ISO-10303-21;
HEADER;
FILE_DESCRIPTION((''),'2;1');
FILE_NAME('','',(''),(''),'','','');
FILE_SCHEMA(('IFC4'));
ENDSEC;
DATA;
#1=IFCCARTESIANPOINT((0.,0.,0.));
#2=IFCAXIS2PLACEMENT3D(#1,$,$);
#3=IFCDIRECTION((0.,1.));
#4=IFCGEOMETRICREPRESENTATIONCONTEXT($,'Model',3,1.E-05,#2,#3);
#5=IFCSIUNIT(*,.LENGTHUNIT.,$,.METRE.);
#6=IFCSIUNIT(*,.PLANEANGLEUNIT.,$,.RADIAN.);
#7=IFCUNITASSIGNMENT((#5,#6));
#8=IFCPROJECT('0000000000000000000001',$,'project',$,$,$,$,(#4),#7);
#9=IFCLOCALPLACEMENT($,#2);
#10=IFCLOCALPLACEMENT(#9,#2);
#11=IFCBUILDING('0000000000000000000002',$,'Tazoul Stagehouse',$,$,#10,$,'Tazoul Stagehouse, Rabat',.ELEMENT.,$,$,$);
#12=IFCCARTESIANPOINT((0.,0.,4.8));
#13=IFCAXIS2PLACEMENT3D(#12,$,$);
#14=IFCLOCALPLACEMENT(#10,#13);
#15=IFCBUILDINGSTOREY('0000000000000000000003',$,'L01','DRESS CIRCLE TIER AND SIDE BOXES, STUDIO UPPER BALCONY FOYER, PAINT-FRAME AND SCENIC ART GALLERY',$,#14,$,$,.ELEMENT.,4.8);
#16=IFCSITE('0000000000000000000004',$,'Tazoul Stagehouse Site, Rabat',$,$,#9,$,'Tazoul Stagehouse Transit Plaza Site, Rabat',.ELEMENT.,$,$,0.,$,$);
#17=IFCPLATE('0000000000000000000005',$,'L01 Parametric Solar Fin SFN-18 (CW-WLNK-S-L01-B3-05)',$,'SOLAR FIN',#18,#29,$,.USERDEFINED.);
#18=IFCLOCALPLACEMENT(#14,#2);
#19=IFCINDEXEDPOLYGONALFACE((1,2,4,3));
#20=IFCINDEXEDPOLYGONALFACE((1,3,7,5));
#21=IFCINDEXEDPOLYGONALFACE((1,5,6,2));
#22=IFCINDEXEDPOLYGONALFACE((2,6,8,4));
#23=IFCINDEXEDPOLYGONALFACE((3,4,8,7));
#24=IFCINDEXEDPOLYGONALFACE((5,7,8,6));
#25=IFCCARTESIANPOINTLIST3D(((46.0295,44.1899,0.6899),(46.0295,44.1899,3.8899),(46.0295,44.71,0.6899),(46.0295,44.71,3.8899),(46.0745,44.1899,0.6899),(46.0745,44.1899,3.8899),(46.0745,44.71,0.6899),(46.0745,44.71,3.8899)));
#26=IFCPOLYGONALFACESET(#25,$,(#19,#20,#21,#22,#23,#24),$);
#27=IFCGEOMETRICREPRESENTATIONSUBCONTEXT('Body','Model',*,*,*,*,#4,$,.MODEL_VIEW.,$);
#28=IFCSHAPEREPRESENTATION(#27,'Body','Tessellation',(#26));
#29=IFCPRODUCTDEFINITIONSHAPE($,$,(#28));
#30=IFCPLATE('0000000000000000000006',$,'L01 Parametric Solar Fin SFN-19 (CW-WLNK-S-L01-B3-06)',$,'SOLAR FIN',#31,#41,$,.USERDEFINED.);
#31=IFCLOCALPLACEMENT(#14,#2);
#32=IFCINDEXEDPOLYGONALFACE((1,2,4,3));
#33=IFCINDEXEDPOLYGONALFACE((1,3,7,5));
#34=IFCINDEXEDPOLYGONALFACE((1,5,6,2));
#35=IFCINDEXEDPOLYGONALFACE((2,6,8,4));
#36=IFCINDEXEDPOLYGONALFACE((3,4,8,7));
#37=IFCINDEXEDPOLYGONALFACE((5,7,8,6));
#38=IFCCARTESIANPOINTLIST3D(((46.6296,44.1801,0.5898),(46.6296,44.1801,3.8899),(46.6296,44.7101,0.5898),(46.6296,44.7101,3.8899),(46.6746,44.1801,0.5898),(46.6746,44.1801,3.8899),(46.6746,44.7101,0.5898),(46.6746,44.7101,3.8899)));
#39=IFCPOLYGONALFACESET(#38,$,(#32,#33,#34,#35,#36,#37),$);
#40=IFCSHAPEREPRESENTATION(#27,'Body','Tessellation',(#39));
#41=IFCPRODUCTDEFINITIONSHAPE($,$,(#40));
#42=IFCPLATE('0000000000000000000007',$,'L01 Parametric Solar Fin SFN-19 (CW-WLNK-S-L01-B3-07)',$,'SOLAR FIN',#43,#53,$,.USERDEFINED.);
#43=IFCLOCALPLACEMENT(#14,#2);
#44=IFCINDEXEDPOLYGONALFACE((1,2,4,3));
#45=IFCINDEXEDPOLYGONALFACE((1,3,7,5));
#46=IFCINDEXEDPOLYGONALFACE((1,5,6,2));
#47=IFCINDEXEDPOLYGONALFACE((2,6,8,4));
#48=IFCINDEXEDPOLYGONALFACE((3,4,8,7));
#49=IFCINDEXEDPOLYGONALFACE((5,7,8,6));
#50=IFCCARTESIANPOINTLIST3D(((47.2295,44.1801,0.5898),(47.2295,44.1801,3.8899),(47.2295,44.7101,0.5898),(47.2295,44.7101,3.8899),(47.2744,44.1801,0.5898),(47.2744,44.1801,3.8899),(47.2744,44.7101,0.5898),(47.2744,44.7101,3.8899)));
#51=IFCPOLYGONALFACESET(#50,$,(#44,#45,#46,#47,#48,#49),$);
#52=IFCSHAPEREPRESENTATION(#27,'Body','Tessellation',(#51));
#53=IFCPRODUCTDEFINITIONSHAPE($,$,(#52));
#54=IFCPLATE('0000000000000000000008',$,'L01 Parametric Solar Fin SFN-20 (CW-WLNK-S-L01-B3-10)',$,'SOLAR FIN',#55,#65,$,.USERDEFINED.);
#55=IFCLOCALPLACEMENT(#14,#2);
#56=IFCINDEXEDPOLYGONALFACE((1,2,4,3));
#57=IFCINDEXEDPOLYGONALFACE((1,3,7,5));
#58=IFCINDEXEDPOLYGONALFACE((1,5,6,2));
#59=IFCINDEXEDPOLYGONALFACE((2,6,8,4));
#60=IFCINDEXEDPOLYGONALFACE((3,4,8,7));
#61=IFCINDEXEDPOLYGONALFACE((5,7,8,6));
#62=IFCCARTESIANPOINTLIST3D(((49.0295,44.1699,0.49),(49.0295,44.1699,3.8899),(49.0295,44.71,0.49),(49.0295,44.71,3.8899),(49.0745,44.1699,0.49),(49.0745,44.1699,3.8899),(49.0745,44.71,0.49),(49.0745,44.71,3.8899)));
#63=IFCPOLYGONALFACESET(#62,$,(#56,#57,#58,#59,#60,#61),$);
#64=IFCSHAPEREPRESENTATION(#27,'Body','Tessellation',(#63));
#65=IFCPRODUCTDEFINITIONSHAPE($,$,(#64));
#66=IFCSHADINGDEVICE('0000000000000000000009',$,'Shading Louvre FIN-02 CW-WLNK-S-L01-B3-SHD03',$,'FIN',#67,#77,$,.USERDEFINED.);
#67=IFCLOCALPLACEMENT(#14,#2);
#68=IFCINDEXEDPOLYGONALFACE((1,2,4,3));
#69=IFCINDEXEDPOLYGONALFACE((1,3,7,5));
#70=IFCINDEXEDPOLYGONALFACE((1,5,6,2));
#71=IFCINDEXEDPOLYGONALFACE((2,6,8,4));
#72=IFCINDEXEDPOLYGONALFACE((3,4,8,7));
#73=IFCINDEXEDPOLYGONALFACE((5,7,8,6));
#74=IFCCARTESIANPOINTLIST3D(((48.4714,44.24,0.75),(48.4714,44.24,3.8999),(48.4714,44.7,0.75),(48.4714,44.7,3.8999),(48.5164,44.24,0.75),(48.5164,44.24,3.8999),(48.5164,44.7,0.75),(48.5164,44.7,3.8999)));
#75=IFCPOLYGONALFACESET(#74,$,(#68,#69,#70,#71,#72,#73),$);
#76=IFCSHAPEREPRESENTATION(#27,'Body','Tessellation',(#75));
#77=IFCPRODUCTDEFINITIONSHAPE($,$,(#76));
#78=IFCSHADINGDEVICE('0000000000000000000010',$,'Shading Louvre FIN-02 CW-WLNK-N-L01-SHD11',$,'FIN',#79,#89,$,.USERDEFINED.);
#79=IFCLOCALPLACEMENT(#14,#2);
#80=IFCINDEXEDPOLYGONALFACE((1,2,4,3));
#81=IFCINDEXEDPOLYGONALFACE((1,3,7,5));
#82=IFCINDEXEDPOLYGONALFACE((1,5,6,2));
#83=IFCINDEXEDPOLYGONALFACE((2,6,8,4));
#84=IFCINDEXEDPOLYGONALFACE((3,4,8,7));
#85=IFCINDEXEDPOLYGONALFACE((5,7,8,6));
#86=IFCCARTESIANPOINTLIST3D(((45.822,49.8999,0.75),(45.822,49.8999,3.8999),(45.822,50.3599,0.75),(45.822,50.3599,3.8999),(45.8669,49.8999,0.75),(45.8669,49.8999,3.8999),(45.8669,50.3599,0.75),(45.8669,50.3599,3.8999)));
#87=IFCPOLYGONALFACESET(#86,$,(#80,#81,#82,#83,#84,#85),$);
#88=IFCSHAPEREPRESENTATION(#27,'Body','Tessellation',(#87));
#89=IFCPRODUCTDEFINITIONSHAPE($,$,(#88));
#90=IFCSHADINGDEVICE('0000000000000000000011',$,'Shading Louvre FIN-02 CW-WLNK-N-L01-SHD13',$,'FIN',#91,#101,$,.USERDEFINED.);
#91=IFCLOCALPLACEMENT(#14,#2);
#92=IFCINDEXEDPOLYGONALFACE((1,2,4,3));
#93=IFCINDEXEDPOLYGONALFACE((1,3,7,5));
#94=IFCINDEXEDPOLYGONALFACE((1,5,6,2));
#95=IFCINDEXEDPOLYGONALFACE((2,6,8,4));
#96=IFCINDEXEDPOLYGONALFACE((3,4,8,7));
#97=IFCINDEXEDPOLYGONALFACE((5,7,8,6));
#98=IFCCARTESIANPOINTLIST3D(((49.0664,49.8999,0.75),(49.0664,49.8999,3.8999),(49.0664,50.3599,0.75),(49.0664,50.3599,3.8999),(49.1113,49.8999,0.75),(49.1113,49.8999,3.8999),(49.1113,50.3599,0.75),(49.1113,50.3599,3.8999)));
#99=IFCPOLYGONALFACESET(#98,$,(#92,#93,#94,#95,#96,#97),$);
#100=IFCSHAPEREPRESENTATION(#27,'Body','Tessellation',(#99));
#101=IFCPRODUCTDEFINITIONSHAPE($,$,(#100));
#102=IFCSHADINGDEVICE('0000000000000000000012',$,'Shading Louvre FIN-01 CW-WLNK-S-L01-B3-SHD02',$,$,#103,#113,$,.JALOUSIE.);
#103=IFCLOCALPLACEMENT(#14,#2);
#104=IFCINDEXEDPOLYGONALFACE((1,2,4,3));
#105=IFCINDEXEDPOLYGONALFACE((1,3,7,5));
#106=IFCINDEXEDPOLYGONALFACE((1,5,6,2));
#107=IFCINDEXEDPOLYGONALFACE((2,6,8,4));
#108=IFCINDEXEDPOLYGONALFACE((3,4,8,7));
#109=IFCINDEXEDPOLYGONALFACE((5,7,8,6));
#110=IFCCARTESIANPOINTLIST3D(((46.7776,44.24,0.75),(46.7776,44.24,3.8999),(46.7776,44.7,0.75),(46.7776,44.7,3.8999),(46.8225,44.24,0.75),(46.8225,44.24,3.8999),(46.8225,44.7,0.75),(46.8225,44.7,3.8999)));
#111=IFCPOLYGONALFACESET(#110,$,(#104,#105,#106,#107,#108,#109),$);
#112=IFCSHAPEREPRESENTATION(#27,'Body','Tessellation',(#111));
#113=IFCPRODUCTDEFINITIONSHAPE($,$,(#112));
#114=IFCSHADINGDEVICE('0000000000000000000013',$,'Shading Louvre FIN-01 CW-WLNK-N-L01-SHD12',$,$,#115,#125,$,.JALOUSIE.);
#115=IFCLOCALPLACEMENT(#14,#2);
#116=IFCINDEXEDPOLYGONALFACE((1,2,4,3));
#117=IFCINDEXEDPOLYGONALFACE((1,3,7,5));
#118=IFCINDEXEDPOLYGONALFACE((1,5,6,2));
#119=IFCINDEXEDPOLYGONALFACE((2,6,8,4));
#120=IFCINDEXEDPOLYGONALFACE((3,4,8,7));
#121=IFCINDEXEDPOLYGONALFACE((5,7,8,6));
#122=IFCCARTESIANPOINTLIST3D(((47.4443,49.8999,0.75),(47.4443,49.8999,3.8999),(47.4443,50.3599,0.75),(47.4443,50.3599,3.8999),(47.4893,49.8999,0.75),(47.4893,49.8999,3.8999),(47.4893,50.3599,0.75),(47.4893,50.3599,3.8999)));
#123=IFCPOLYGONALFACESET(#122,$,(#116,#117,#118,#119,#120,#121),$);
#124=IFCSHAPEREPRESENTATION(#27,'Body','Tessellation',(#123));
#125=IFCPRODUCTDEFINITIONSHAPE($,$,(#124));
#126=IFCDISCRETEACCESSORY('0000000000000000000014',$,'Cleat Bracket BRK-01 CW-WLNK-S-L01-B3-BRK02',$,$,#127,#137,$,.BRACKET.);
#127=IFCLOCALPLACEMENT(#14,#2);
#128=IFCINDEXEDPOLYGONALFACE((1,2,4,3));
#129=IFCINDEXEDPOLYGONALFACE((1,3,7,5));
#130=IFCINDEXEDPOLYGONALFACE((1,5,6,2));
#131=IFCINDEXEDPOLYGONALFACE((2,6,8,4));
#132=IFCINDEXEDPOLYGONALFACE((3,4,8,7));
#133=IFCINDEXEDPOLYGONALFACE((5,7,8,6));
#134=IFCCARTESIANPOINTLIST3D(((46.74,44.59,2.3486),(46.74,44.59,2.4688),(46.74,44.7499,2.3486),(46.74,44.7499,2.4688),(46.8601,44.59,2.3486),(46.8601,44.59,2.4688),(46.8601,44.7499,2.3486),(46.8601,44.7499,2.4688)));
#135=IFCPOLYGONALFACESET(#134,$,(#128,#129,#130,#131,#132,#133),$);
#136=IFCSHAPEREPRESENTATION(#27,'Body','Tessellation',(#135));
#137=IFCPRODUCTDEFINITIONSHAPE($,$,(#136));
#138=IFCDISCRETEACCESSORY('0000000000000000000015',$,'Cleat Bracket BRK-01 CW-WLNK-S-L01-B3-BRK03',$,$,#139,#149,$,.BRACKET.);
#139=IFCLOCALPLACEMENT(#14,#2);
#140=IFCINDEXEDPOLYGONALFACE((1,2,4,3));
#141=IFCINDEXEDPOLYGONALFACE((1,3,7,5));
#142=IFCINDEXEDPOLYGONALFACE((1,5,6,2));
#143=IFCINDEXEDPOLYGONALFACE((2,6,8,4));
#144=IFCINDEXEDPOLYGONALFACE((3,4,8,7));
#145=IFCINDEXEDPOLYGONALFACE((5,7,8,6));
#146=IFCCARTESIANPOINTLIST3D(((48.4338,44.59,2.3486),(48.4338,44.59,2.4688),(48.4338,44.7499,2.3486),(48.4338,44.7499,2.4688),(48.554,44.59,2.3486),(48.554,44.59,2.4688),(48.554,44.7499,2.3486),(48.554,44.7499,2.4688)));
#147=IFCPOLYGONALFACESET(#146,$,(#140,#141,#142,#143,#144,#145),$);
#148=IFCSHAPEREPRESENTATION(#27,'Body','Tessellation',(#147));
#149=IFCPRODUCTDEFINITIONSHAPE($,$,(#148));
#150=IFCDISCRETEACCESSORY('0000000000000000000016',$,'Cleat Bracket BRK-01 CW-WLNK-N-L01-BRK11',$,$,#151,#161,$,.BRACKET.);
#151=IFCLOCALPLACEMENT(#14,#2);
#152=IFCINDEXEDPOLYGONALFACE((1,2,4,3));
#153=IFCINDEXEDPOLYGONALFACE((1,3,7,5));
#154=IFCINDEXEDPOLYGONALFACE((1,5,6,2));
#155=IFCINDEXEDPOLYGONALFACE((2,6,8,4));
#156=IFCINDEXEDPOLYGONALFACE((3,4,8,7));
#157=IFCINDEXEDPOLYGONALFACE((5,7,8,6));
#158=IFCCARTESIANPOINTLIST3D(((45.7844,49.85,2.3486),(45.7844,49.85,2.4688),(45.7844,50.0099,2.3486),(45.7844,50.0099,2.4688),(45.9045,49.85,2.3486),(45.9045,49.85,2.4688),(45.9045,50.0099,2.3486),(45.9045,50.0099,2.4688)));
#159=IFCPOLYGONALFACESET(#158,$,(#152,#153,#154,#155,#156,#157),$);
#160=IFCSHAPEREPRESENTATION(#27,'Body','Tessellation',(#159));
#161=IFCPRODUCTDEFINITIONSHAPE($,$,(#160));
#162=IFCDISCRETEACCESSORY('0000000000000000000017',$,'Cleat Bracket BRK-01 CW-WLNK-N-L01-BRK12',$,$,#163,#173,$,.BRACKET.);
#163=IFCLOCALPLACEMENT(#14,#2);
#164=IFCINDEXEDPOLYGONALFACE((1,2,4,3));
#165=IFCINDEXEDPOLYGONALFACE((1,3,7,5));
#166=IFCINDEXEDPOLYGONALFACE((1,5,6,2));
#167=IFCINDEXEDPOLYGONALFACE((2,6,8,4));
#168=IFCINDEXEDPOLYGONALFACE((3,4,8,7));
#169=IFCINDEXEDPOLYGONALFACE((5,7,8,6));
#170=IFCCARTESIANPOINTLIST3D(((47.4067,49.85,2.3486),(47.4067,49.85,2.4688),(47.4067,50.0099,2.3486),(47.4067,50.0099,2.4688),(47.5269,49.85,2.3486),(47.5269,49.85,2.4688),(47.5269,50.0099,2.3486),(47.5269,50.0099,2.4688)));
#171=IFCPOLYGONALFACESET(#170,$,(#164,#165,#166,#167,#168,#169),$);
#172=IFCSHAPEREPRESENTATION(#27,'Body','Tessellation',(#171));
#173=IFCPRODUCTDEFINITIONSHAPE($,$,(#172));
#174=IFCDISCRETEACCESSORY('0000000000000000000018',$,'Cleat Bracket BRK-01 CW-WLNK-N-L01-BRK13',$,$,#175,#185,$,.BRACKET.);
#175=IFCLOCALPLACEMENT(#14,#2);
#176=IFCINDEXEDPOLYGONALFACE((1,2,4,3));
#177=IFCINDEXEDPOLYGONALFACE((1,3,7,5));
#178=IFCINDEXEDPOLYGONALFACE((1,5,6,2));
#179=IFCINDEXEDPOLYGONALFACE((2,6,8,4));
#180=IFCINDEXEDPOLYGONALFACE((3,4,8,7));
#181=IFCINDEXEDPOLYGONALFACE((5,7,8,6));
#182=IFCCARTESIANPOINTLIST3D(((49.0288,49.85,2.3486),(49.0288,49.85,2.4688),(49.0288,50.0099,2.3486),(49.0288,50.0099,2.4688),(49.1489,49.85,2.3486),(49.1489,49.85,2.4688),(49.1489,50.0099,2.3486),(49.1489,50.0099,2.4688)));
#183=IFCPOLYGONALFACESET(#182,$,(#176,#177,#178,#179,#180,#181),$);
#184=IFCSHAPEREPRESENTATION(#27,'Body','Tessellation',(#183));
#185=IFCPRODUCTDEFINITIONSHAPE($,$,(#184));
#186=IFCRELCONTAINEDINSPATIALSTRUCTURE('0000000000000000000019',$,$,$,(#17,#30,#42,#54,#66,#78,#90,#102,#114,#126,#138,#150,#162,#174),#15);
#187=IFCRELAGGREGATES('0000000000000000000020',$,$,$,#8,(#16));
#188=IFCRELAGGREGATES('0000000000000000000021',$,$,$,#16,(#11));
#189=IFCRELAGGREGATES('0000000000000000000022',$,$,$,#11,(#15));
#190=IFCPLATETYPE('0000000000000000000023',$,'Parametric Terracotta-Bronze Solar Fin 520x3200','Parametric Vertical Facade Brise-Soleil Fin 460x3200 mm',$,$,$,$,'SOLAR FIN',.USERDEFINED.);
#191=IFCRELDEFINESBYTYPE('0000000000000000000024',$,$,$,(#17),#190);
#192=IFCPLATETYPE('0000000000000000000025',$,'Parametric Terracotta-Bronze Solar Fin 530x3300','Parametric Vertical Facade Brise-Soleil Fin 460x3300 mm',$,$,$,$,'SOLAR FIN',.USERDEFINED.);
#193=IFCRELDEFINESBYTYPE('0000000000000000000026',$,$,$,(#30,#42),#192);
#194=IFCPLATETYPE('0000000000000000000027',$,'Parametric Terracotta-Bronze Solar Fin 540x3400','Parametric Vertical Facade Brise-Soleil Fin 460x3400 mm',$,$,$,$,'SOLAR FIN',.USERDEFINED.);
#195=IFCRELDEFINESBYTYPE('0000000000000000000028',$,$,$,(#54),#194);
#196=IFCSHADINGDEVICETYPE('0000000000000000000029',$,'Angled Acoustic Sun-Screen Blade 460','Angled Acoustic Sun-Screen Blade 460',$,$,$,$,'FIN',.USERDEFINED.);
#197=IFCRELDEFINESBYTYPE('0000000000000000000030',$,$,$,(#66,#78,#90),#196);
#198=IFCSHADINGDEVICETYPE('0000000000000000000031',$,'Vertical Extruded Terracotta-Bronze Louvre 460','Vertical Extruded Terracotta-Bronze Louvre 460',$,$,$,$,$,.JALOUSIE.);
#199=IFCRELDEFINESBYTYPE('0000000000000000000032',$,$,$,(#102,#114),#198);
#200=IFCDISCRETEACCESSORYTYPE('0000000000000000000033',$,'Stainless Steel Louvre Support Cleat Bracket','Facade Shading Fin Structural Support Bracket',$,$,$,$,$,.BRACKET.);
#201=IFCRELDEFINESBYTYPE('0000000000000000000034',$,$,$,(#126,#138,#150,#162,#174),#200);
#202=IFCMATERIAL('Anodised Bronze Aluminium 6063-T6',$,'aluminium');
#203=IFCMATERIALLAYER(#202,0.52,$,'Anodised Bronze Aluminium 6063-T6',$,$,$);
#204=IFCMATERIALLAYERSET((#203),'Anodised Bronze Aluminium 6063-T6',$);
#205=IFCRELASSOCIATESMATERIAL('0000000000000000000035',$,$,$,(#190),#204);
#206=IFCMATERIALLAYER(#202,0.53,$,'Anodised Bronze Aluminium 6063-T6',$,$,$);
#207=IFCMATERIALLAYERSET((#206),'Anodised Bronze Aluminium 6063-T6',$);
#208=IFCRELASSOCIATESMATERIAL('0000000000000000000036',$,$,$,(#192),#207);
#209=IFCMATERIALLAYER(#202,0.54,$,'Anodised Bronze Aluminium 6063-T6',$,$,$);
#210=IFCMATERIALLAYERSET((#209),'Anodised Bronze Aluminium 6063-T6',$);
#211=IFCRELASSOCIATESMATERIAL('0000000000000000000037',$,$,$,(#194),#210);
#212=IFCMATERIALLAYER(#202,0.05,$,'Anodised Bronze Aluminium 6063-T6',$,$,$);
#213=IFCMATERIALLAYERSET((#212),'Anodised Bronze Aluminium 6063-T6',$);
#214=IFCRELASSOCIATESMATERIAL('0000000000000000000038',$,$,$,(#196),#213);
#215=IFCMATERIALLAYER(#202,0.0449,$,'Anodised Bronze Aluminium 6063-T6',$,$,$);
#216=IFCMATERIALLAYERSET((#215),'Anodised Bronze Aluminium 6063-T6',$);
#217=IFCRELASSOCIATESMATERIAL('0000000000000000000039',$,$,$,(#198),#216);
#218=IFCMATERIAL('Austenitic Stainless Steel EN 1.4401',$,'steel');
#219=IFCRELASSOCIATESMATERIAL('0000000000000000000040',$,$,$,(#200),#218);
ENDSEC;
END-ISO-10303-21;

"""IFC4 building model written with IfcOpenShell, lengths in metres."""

from ifc_helpers import new_model, si_unit, direction, frame, origin, origin_2d, place, context, subcontext, project, spatial, rectangle, extrude, material, layer, layer_set, type_object, element, save


model = new_model("IFC4")

# Units and contexts
model_context = context("Model", 3, precision=1e-05, world=origin(), true_north=direction((0.0, 1.0)))
body_context = subcontext(model_context, "Body", "Model", "MODEL_VIEW")
ifc_project = project(units=[si_unit("LENGTHUNIT", "METRE"), si_unit("PLANEANGLEUNIT", "RADIAN")], contexts=[model_context])

# Site, building, storey
site_placement = place(None, origin())
site = spatial("IfcSite", under=ifc_project, at=site_placement, Name="Tazoul Stagehouse Site, Rabat", LongName="Tazoul Stagehouse Transit Plaza Site, Rabat", CompositionType="ELEMENT", RefElevation=0.0)
building_placement = place(site_placement, origin())
building = spatial("IfcBuilding", under=site, at=building_placement, Name="Tazoul Stagehouse", LongName="Tazoul Stagehouse, Rabat", CompositionType="ELEMENT")
storey_placement = place(building_placement, frame((0.0, 0.0, 4.8)))
storey = spatial("IfcBuildingStorey", under=building, at=storey_placement, Name="L01", Description="DRESS CIRCLE TIER AND SIDE BOXES, STUDIO UPPER BALCONY FOYER, PAINT-FRAME AND SCENIC ART GALLERY", CompositionType="ELEMENT", Elevation=4.8)

# Plates
ifc_material_1 = material(Name="Anodised Bronze Aluminium 6063-T6", Category="aluminium")
ifc_layer_1 = layer(ifc_material_1, 0.52, Name="Anodised Bronze Aluminium 6063-T6")
ifc_layer_set_1 = layer_set([ifc_layer_1], Name="Anodised Bronze Aluminium 6063-T6")
plate_type_1 = type_object("IfcPlateType", Name="Parametric Terracotta-Bronze Solar Fin 520x3200", Description="Parametric Vertical Facade Brise-Soleil Fin 460x3200 mm", ElementType="SOLAR FIN", PredefinedType="USERDEFINED", material=ifc_layer_set_1)
plate_1_placement = place(storey_placement, frame((46.052, 44.45, 0.6899), z_axis=(0.0, 0.0, 1.0), x_axis=(1.0, 0.0, 0.0)))
element("IfcPlate", 1, at=plate_1_placement, inside=storey, type_object=plate_type_1, Name="L01 Parametric Solar Fin SFN-18 (CW-WLNK-S-L01-B3-05)", ObjectType="SOLAR FIN", PredefinedType="USERDEFINED", context=body_context, shape_type="SweptSolid", body=[
    extrude(rectangle(XDim=0.0449, YDim=0.52, at=origin_2d()), origin(), (0.0, 0.0, 1.0), 3.2),
])
ifc_layer_2 = layer(ifc_material_1, 0.53, Name="Anodised Bronze Aluminium 6063-T6")
ifc_layer_set_2 = layer_set([ifc_layer_2], Name="Anodised Bronze Aluminium 6063-T6")
plate_type_2 = type_object("IfcPlateType", Name="Parametric Terracotta-Bronze Solar Fin 530x3300", Description="Parametric Vertical Facade Brise-Soleil Fin 460x3300 mm", ElementType="SOLAR FIN", PredefinedType="USERDEFINED", material=ifc_layer_set_2)
for number, where, z_axis, x_axis, name in (
    (2, (46.6521, 44.4451, 0.5898), (0.0, 0.0, 1.0), (1.0, 0.0, 0.0), "L01 Parametric Solar Fin SFN-19 (CW-WLNK-S-L01-B3-06)"),
    (3, (47.252, 44.4451, 0.5898), (0.0, 0.0, 1.0), (1.0, 0.0, 0.0), "L01 Parametric Solar Fin SFN-19 (CW-WLNK-S-L01-B3-07)"),
):
    element("IfcPlate", number, at=place(storey_placement, frame(where, z_axis=z_axis, x_axis=x_axis)), inside=storey, type_object=plate_type_2, Name=name, ObjectType="SOLAR FIN", PredefinedType="USERDEFINED", context=body_context, shape_type="SweptSolid", body=[
        extrude(rectangle(XDim=0.0449, YDim=0.53, at=origin_2d()), origin(), (0.0, 0.0, 1.0), 3.3),
    ])
ifc_layer_3 = layer(ifc_material_1, 0.54, Name="Anodised Bronze Aluminium 6063-T6")
ifc_layer_set_3 = layer_set([ifc_layer_3], Name="Anodised Bronze Aluminium 6063-T6")
plate_type_3 = type_object("IfcPlateType", Name="Parametric Terracotta-Bronze Solar Fin 540x3400", Description="Parametric Vertical Facade Brise-Soleil Fin 460x3400 mm", ElementType="SOLAR FIN", PredefinedType="USERDEFINED", material=ifc_layer_set_3)
plate_2_placement = place(storey_placement, frame((49.052, 44.4399, 0.49), z_axis=(0.0, 0.0, 1.0), x_axis=(1.0, 0.0, 0.0)))
element("IfcPlate", 4, at=plate_2_placement, inside=storey, type_object=plate_type_3, Name="L01 Parametric Solar Fin SFN-20 (CW-WLNK-S-L01-B3-10)", ObjectType="SOLAR FIN", PredefinedType="USERDEFINED", context=body_context, shape_type="SweptSolid", body=[
    extrude(rectangle(XDim=0.0449, YDim=0.54, at=origin_2d()), origin(), (0.0, 0.0, 1.0), 3.3999),
])

# Shading devices
ifc_layer_4 = layer(ifc_material_1, 0.05, Name="Anodised Bronze Aluminium 6063-T6")
ifc_layer_set_4 = layer_set([ifc_layer_4], Name="Anodised Bronze Aluminium 6063-T6")
shading_device_type_1 = type_object("IfcShadingDeviceType", Name="Angled Acoustic Sun-Screen Blade 460", Description="Angled Acoustic Sun-Screen Blade 460", ElementType="FIN", PredefinedType="USERDEFINED", material=ifc_layer_set_4)
for number, where, z_axis, x_axis, name in (
    (5, (48.4939, 44.47, 0.75), (0.0, 0.0, 1.0), (1.0, 0.0, 0.0), "Shading Louvre FIN-02 CW-WLNK-S-L01-B3-SHD03"),
    (6, (45.8445, 50.1299, 0.75), (0.0, 0.0, 1.0), (1.0, 0.0, 0.0), "Shading Louvre FIN-02 CW-WLNK-N-L01-SHD11"),
    (7, (49.0889, 50.1299, 0.75), (0.0, 0.0, 1.0), (1.0, 0.0, 0.0), "Shading Louvre FIN-02 CW-WLNK-N-L01-SHD13"),
):
    element("IfcShadingDevice", number, at=place(storey_placement, frame(where, z_axis=z_axis, x_axis=x_axis)), inside=storey, type_object=shading_device_type_1, Name=name, ObjectType="FIN", PredefinedType="USERDEFINED", context=body_context, shape_type="SweptSolid", body=[
        extrude(rectangle(XDim=0.0449, YDim=0.46, at=origin_2d()), origin(), (0.0, 0.0, 1.0), 3.1499),
    ])
ifc_layer_5 = layer(ifc_material_1, 0.0449, Name="Anodised Bronze Aluminium 6063-T6")
ifc_layer_set_5 = layer_set([ifc_layer_5], Name="Anodised Bronze Aluminium 6063-T6")
shading_device_type_2 = type_object("IfcShadingDeviceType", Name="Vertical Extruded Terracotta-Bronze Louvre 460", Description="Vertical Extruded Terracotta-Bronze Louvre 460", PredefinedType="JALOUSIE", material=ifc_layer_set_5)
for number, where, z_axis, x_axis, name in (
    (8, (46.8, 44.47, 0.75), (0.0, 0.0, 1.0), (1.0, 0.0, 0.0), "Shading Louvre FIN-01 CW-WLNK-S-L01-B3-SHD02"),
    (9, (47.4668, 50.1299, 0.75), (0.0, 0.0, 1.0), (1.0, 0.0, 0.0), "Shading Louvre FIN-01 CW-WLNK-N-L01-SHD12"),
):
    element("IfcShadingDevice", number, at=place(storey_placement, frame(where, z_axis=z_axis, x_axis=x_axis)), inside=storey, type_object=shading_device_type_2, Name=name, PredefinedType="JALOUSIE", context=body_context, shape_type="SweptSolid", body=[
        extrude(rectangle(XDim=0.0449, YDim=0.46, at=origin_2d()), origin(), (0.0, 0.0, 1.0), 3.1499),
    ])

# Discrete accessories
ifc_material_2 = material(Name="Austenitic Stainless Steel EN 1.4401", Category="steel")
discrete_accessory_type = type_object("IfcDiscreteAccessoryType", Name="Stainless Steel Louvre Support Cleat Bracket", Description="Facade Shading Fin Structural Support Bracket", PredefinedType="BRACKET", material=ifc_material_2)
for number, where, z_axis, x_axis, name in (
    (10, (46.8, 44.6699, 2.3486), (0.0, 0.0, 1.0), (1.0, 0.0, 0.0), "Cleat Bracket BRK-01 CW-WLNK-S-L01-B3-BRK02"),
    (11, (48.4939, 44.6699, 2.3486), (0.0, 0.0, 1.0), (1.0, 0.0, 0.0), "Cleat Bracket BRK-01 CW-WLNK-S-L01-B3-BRK03"),
    (12, (45.8445, 49.9299, 2.3486), (0.0, 0.0, 1.0), (1.0, 0.0, 0.0), "Cleat Bracket BRK-01 CW-WLNK-N-L01-BRK11"),
    (13, (47.4668, 49.9299, 2.3486), (0.0, 0.0, 1.0), (1.0, 0.0, 0.0), "Cleat Bracket BRK-01 CW-WLNK-N-L01-BRK12"),
    (14, (49.0889, 49.9299, 2.3486), (0.0, 0.0, 1.0), (1.0, 0.0, 0.0), "Cleat Bracket BRK-01 CW-WLNK-N-L01-BRK13"),
):
    element("IfcDiscreteAccessory", number, at=place(storey_placement, frame(where, z_axis=z_axis, x_axis=x_axis)), inside=storey, type_object=discrete_accessory_type, Name=name, PredefinedType="BRACKET", context=body_context, shape_type="SweptSolid", body=[
        extrude(rectangle(XDim=0.1201, YDim=0.1599, at=origin_2d()), origin(), (0.0, 0.0, 1.0), 0.1201),
    ])

save(model, "model.ifc")
